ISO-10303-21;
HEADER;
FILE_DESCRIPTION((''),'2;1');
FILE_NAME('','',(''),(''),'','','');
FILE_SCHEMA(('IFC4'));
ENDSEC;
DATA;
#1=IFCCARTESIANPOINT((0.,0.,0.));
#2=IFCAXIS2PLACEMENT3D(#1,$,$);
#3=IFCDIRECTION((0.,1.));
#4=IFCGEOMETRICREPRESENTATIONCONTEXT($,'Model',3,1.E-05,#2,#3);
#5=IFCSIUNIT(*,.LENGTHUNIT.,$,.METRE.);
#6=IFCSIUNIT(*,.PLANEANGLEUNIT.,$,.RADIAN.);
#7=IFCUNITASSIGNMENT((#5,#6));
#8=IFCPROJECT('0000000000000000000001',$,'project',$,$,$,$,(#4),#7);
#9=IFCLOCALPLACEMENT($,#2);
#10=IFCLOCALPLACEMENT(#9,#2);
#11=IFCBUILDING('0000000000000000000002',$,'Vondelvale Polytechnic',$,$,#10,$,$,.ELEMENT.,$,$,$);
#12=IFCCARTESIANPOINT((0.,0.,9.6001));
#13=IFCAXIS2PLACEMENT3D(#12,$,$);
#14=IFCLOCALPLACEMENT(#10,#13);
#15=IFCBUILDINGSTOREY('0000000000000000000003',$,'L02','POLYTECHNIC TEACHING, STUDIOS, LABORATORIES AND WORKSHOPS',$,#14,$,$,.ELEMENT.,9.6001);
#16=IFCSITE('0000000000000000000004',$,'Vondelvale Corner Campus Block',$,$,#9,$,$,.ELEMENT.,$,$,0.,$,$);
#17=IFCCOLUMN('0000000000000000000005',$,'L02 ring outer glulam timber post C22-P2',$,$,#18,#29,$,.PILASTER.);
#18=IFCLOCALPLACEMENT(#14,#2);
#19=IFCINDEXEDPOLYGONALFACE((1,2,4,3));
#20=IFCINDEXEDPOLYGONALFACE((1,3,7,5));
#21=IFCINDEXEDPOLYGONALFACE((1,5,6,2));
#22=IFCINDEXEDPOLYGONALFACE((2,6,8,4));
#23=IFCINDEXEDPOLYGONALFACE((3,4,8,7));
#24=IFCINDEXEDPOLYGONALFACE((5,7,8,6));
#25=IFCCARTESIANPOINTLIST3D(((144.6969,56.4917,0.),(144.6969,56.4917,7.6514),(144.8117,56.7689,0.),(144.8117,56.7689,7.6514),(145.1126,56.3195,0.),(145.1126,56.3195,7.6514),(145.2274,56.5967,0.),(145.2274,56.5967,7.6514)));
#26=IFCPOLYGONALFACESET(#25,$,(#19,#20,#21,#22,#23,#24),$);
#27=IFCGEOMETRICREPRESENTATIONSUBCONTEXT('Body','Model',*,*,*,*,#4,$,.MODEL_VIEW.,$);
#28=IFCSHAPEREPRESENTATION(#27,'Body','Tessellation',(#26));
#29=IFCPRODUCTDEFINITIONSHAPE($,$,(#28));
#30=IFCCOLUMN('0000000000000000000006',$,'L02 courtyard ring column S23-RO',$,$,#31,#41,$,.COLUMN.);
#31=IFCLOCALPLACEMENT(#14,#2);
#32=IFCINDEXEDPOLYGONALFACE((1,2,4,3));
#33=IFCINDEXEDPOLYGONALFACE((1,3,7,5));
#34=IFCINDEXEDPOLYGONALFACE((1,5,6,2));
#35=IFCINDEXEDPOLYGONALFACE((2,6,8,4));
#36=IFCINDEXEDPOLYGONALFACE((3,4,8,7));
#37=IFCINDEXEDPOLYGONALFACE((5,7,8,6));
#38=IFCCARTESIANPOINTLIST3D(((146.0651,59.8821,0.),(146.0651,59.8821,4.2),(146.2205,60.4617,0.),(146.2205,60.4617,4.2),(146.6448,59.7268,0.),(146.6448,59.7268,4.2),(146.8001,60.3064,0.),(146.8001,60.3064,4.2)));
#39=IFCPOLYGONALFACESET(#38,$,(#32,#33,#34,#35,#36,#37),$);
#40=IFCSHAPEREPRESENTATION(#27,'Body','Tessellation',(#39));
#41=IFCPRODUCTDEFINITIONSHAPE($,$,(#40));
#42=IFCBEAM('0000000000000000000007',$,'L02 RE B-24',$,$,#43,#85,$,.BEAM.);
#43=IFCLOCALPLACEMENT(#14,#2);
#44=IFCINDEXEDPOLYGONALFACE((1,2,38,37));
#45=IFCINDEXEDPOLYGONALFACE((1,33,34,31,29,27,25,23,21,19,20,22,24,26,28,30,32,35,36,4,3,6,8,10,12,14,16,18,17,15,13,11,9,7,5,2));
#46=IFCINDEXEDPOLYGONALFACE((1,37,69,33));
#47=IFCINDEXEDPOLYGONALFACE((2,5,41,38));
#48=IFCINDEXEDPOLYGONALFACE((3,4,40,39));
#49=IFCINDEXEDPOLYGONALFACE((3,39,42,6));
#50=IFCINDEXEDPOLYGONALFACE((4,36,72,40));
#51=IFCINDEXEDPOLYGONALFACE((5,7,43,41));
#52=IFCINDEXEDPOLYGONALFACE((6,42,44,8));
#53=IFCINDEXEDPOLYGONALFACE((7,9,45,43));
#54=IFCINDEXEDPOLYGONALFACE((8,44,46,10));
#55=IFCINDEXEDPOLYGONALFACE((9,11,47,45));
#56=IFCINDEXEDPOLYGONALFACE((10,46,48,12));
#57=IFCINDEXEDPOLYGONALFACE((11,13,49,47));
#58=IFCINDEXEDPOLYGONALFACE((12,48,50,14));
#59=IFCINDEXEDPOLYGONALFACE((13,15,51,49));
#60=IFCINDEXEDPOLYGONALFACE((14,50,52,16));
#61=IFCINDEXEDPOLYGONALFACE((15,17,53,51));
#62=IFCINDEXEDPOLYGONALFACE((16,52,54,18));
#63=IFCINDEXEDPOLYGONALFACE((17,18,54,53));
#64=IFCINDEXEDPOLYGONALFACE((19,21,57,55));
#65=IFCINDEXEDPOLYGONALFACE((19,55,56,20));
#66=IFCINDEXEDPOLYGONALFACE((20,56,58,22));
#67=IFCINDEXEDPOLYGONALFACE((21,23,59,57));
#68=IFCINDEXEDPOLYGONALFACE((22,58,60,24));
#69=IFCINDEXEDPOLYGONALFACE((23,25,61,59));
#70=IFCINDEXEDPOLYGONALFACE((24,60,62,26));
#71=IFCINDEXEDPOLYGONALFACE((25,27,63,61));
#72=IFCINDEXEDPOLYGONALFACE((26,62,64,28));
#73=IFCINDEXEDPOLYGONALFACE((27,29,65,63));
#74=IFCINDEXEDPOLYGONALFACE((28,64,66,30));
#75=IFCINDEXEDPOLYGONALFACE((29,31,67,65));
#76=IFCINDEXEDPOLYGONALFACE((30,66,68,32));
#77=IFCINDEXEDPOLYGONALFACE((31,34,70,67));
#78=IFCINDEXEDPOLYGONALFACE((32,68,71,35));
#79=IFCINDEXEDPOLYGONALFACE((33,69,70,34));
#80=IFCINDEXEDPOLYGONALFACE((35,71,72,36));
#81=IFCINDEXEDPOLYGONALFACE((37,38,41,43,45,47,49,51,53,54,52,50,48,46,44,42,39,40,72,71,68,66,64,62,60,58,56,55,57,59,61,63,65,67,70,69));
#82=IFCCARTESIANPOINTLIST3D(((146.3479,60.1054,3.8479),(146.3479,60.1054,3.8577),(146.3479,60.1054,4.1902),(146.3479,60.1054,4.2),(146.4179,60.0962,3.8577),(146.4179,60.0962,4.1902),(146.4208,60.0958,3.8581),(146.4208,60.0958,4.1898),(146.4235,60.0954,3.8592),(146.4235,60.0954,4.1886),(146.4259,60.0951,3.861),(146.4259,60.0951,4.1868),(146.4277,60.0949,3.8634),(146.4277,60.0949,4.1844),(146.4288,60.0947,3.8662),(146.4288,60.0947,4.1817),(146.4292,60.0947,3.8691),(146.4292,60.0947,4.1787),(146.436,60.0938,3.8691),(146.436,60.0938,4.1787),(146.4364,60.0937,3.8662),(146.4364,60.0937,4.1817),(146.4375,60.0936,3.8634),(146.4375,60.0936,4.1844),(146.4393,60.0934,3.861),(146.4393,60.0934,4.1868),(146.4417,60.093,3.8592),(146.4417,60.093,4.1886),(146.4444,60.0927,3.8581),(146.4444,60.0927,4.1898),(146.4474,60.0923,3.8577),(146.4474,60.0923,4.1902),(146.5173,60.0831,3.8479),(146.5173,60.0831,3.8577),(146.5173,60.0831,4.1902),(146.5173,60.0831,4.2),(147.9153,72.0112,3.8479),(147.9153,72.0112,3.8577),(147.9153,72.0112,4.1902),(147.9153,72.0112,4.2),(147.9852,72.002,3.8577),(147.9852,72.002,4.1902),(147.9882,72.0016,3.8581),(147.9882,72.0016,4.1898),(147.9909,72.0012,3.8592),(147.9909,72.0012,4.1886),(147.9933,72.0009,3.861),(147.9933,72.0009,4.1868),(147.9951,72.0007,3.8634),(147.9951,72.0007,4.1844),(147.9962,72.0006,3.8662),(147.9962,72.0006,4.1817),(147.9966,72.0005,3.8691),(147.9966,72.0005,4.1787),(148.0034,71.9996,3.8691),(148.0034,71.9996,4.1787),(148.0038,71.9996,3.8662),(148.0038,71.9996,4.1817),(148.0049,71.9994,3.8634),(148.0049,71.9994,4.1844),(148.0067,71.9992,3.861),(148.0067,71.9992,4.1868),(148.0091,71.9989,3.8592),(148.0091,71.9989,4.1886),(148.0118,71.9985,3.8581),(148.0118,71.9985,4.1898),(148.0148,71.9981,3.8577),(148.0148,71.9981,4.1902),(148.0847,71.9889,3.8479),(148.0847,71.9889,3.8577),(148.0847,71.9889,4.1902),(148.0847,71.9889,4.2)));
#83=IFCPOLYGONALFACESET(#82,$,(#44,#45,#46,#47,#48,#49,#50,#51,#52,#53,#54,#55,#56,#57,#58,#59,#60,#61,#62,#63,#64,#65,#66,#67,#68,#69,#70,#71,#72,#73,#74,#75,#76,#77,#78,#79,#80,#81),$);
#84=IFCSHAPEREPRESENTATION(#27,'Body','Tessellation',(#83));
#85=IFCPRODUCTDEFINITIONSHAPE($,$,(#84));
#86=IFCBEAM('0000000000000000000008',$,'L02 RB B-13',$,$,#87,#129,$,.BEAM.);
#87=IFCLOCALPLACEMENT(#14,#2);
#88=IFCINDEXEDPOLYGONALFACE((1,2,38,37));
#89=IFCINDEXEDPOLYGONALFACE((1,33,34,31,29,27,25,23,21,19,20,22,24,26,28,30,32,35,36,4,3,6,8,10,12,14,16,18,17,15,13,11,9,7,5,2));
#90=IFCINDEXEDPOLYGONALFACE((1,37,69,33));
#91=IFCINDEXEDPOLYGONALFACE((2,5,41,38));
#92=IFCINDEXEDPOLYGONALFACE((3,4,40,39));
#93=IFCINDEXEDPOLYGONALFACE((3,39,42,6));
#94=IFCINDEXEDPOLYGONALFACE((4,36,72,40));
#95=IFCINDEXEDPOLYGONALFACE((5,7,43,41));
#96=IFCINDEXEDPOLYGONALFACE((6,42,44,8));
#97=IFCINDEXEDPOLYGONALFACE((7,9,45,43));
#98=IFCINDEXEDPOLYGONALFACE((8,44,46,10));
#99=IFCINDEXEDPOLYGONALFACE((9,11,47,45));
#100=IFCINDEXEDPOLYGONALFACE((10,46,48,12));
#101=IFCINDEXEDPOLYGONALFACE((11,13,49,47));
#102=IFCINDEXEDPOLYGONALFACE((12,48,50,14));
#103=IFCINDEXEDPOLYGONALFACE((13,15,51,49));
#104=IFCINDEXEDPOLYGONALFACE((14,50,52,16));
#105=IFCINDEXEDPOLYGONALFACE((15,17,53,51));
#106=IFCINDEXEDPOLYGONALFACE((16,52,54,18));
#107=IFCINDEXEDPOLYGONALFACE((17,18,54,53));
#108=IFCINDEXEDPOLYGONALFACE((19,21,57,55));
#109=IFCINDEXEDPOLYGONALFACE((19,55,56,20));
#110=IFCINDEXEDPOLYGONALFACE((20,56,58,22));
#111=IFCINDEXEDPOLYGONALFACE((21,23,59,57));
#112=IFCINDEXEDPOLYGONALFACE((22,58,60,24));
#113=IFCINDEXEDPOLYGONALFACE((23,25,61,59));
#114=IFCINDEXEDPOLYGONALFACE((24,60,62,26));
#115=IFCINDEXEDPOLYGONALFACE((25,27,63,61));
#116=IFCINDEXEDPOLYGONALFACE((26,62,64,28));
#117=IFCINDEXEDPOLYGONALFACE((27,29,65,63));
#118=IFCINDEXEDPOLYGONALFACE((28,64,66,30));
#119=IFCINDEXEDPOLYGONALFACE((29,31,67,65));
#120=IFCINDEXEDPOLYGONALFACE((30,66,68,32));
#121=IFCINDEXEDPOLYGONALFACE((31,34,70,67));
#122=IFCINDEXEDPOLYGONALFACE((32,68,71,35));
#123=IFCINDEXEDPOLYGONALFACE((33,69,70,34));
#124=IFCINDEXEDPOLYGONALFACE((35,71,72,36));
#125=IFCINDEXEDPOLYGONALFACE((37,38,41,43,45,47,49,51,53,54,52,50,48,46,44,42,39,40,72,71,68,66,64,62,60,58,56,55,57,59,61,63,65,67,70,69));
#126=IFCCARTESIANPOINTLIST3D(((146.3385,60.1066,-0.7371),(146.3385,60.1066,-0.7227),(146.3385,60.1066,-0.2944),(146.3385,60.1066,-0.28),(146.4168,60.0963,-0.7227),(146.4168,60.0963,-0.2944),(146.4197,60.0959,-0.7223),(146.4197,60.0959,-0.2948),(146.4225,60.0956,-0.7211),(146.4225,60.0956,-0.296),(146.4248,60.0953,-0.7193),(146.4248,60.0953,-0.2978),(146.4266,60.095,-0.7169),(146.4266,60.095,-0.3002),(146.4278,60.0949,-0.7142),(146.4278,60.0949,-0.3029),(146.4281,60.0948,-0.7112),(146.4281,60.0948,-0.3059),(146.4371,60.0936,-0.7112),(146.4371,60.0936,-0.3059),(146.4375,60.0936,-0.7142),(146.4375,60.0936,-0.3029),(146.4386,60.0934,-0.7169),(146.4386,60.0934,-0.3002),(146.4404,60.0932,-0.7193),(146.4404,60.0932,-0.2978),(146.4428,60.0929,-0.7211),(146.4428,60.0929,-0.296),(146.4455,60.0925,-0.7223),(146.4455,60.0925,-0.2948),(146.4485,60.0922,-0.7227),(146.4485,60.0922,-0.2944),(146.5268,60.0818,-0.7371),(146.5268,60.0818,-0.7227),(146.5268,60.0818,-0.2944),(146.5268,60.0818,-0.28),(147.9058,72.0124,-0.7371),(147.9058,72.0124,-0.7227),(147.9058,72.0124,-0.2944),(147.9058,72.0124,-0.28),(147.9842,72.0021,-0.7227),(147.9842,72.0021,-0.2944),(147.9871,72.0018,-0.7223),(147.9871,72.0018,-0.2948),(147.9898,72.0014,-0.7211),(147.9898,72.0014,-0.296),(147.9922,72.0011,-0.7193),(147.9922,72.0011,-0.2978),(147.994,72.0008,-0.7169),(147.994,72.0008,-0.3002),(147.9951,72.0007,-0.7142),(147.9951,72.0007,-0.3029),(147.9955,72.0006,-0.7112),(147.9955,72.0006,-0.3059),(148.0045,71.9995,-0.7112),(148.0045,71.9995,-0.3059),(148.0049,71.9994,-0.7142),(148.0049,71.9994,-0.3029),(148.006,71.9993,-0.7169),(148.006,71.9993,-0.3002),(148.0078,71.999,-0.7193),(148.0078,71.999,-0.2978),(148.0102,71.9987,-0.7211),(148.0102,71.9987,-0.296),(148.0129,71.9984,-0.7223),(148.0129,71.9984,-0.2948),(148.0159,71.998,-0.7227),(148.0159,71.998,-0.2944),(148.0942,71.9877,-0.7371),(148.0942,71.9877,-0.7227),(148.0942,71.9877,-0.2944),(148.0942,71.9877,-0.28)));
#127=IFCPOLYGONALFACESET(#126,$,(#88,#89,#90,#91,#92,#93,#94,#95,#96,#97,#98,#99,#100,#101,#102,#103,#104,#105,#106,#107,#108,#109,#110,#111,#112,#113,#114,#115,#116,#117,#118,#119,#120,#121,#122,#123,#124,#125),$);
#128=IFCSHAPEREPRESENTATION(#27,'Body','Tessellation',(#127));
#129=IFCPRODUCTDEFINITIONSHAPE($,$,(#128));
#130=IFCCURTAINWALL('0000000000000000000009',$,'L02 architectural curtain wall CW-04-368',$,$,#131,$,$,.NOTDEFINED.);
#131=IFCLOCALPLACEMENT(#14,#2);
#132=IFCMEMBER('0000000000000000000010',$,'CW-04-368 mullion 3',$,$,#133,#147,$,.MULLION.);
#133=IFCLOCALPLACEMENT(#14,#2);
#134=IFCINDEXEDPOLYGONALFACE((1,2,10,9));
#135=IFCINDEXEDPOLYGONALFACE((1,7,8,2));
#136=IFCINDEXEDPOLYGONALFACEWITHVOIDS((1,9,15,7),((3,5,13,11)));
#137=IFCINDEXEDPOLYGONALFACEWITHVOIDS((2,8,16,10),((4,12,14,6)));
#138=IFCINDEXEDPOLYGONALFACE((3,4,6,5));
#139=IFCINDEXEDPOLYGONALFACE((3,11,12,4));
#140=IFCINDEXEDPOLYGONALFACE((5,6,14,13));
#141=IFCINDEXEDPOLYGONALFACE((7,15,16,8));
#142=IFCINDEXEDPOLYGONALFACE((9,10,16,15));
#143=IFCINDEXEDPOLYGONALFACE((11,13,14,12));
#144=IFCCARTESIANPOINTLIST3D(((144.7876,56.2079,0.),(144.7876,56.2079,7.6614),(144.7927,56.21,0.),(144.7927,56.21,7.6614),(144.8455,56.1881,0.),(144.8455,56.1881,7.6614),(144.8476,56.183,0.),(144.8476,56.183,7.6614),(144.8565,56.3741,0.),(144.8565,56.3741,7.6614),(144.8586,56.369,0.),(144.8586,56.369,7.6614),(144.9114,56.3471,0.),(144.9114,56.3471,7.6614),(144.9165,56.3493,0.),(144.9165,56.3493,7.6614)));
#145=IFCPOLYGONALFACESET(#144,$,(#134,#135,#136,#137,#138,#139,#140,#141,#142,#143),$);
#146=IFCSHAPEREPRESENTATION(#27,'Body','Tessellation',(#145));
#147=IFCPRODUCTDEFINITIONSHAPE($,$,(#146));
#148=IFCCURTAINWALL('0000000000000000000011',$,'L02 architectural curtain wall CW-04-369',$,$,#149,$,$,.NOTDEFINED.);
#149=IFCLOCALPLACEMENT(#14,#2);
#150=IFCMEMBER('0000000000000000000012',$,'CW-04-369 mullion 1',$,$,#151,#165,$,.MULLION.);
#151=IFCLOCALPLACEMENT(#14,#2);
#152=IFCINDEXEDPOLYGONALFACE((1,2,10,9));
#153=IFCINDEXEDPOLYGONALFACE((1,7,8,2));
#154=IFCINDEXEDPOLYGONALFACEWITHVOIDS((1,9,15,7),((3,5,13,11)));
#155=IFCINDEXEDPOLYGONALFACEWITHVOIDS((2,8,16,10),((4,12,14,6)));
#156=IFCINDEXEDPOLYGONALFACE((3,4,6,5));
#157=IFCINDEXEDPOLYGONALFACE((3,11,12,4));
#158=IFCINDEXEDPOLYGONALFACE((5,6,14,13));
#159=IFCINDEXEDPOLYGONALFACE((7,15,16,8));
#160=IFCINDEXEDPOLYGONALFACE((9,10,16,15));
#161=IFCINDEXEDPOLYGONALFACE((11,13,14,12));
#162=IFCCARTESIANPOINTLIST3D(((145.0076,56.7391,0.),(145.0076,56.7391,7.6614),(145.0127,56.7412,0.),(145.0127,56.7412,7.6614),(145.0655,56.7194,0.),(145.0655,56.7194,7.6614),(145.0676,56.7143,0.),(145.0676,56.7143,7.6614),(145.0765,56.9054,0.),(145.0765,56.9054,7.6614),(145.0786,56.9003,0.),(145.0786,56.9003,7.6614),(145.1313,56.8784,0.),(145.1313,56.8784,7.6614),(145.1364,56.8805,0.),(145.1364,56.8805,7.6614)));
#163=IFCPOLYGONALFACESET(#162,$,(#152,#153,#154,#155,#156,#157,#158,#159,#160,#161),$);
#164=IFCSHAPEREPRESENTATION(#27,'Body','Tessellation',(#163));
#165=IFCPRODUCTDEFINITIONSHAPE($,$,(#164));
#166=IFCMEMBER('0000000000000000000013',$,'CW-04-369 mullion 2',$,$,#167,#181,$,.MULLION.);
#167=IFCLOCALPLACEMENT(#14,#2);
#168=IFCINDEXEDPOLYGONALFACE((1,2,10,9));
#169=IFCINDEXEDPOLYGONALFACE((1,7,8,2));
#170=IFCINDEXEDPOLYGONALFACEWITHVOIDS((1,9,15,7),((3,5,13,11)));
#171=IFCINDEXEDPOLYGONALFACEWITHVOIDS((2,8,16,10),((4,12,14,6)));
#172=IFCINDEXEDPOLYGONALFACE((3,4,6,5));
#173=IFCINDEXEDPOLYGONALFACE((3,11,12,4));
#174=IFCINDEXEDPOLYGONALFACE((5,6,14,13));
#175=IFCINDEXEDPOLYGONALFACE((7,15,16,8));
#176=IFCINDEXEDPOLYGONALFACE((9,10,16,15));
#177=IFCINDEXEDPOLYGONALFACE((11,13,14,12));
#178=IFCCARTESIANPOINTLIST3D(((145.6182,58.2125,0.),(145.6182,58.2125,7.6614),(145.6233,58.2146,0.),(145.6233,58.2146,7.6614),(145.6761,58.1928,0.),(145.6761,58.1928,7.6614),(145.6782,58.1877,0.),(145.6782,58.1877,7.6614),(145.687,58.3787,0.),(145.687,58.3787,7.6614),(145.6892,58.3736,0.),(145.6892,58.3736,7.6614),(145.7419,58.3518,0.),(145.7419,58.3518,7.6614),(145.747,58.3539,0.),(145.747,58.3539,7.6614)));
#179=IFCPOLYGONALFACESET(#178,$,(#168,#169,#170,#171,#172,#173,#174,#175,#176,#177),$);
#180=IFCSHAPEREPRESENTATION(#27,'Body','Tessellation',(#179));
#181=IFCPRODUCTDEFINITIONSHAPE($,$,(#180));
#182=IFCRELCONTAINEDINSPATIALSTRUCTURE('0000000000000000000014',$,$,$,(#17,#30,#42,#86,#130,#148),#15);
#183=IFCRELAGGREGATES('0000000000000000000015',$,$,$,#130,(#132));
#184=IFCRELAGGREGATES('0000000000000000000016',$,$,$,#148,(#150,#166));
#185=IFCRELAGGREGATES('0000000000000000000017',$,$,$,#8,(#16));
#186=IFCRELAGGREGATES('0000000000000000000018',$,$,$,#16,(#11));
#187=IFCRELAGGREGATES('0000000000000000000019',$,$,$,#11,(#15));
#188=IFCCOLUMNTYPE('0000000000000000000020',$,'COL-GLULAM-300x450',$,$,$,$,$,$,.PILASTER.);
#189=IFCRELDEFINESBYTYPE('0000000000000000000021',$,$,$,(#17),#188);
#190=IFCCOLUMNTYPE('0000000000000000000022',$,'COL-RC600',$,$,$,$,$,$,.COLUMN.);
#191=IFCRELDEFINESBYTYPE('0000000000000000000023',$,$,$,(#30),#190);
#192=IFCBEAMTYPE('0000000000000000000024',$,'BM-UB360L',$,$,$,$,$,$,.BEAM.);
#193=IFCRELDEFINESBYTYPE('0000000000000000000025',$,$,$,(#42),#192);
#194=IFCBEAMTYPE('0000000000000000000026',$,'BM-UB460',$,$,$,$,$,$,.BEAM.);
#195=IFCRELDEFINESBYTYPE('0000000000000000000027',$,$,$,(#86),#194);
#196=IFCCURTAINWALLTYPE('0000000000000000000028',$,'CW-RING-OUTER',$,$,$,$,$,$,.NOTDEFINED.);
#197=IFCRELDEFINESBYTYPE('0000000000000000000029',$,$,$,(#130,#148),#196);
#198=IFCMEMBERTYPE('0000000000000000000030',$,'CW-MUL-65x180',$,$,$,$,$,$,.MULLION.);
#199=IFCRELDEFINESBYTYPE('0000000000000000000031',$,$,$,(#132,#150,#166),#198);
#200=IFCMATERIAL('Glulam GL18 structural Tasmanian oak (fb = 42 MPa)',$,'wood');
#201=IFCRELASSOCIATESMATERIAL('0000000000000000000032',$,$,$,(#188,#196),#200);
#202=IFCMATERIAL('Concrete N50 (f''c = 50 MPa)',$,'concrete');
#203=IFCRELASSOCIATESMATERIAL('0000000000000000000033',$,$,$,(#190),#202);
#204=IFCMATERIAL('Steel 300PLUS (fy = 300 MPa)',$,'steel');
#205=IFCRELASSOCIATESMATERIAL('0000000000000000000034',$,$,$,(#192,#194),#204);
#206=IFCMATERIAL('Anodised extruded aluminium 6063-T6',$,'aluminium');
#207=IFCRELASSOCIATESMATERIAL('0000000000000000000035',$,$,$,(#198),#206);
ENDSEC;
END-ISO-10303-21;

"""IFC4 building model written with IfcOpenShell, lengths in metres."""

from ifc_helpers import new_model, si_unit, direction, frame, origin, origin_2d, place, context, subcontext, project, spatial, rectangle, hollow_rectangle, i_section, extrude, material, material_profile, profile_set, type_object, element, aggregate, save


model = new_model("IFC4")

# Units and contexts
model_context = context("Model", 3, precision=1e-05, world=origin(), true_north=direction((0.0, 1.0)))
body_context = subcontext(model_context, "Body", "Model", "MODEL_VIEW")
ifc_project = project(units=[si_unit("LENGTHUNIT", "METRE"), si_unit("PLANEANGLEUNIT", "RADIAN")], contexts=[model_context])

# Site, building, storey
site_placement = place(None, origin())
site = spatial("IfcSite", under=ifc_project, at=site_placement, Name="Vondelvale Corner Campus Block", CompositionType="ELEMENT", RefElevation=0.0)
building_placement = place(site_placement, origin())
building = spatial("IfcBuilding", under=site, at=building_placement, Name="Vondelvale Polytechnic", CompositionType="ELEMENT")
storey_placement = place(building_placement, frame((0.0, 0.0, 9.6001)))
storey = spatial("IfcBuildingStorey", under=building, at=storey_placement, Name="L02", Description="POLYTECHNIC TEACHING, STUDIOS, LABORATORIES AND WORKSHOPS", CompositionType="ELEMENT", Elevation=9.6001)

# Columns
ifc_material_1 = material(Name="Glulam GL18 structural Tasmanian oak (fb = 42 MPa)", Category="wood")
ifc_material_profile_1 = material_profile(ifc_material_1, rectangle(XDim=0.3, YDim=0.45, at=origin_2d()), Name="GL-POST-300x450")
ifc_profile_set_1 = profile_set([ifc_material_profile_1], Name="Glulam GL18 structural Tasmanian oak (fb = 42 MPa)")
column_type_1 = type_object("IfcColumnType", Name="COL-GLULAM-300x450", PredefinedType="PILASTER", material=ifc_profile_set_1)
column_1_placement = place(storey_placement, frame((144.9622, 56.5442, 0.0), z_axis=(0.0, 0.0, 1.0), x_axis=(0.382683, 0.92388, 0.0)))
element("IfcColumn", 1, at=column_1_placement, inside=storey, type_object=column_type_1, Name="L02 ring outer glulam timber post C22-P2", PredefinedType="PILASTER", context=body_context, shape_type="SweptSolid", body=[
    extrude(rectangle(XDim=0.3, YDim=0.45, at=origin_2d()), origin(), (0.0, 0.0, 1.0), 7.6514),
])
ifc_material_2 = material(Name="Concrete N50 (f'c = 50 MPa)", Category="concrete")
ifc_material_profile_2 = material_profile(ifc_material_2, rectangle(XDim=0.6001, YDim=0.6001, at=origin_2d()), Name="RC-COL-600x600")
ifc_profile_set_2 = profile_set([ifc_material_profile_2], Name="Concrete N50 (f'c = 50 MPa)")
column_type_2 = type_object("IfcColumnType", Name="COL-RC600", PredefinedType="COLUMN", material=ifc_profile_set_2)
column_2_placement = place(storey_placement, frame((146.4326, 60.0942, 0.0), z_axis=(0.0, 0.0, 1.0), x_axis=(-0.965926, 0.258819, 0.0)))
element("IfcColumn", 2, at=column_2_placement, inside=storey, type_object=column_type_2, Name="L02 courtyard ring column S23-RO", PredefinedType="COLUMN", context=body_context, shape_type="SweptSolid", body=[
    extrude(rectangle(XDim=0.6001, YDim=0.6001, at=origin_2d()), origin(), (0.0, 0.0, 1.0), 4.2),
])

# Beams
ifc_material_3 = material(Name="Steel 300PLUS (fy = 300 MPa)", Category="steel")
ifc_material_profile_3 = material_profile(ifc_material_3, i_section(OverallWidth=0.1709, OverallDepth=0.3521, WebThickness=0.0068, FlangeThickness=0.0098, FilletRadius=0.0115, at=origin_2d()), Name="360UB44.7")
ifc_profile_set_3 = profile_set([ifc_material_profile_3], Name="Steel 300PLUS (fy = 300 MPa)")
beam_type_1 = type_object("IfcBeamType", Name="BM-UB360L", PredefinedType="BEAM", material=ifc_profile_set_3)
beam_1_placement = place(storey_placement, frame((146.4326, 60.0942, 4.0239), z_axis=(0.130523, 0.991445, 0.0), x_axis=(-0.991445, 0.130523, 0.0)))
element("IfcBeam", 3, at=beam_1_placement, inside=storey, type_object=beam_type_1, Name="L02 RE B-24", PredefinedType="BEAM", context=body_context, shape_type="SweptSolid", body=[
    extrude(i_section(OverallWidth=0.1709, OverallDepth=0.3521, WebThickness=0.0068, FlangeThickness=0.0098, FilletRadius=0.0115, at=origin_2d()), origin(), (0.0, 0.0, 1.0), 12.0085),
])
ifc_material_profile_4 = material_profile(ifc_material_3, i_section(OverallWidth=0.1899, OverallDepth=0.457, WebThickness=0.009, FlangeThickness=0.0144, FilletRadius=0.0115, at=origin_2d()), Name="460UB74.6")
ifc_profile_set_4 = profile_set([ifc_material_profile_4], Name="Steel 300PLUS (fy = 300 MPa)")
beam_type_2 = type_object("IfcBeamType", Name="BM-UB460", PredefinedType="BEAM", material=ifc_profile_set_4)
beam_2_placement = place(storey_placement, frame((146.4326, 60.0942, -0.5085), z_axis=(0.130523, 0.991445, 0.0), x_axis=(-0.991445, 0.130523, 0.0)))
element("IfcBeam", 4, at=beam_2_placement, inside=storey, type_object=beam_type_2, Name="L02 RB B-13", PredefinedType="BEAM", context=body_context, shape_type="SweptSolid", body=[
    extrude(i_section(OverallWidth=0.1899, OverallDepth=0.457, WebThickness=0.009, FlangeThickness=0.0144, FilletRadius=0.0115, at=origin_2d()), origin(), (0.0, 0.0, 1.0), 12.0085),
])

# Curtain wall, member
curtain_wall_type = type_object("IfcCurtainWallType", Name="CW-RING-OUTER", PredefinedType="NOTDEFINED", material=ifc_material_1)
curtain_wall_1_placement = place(storey_placement, origin())
curtain_wall_1 = element("IfcCurtainWall", 5, at=curtain_wall_1_placement, inside=storey, type_object=curtain_wall_type, Name="L02 architectural curtain wall CW-04-368", PredefinedType="NOTDEFINED")
ifc_material_4 = material(Name="Anodised extruded aluminium 6063-T6", Category="aluminium")
ifc_material_profile_5 = material_profile(ifc_material_4, hollow_rectangle(XDim=0.0649, YDim=0.1799, WallThickness=0.0039, at=origin_2d()), Name="CW-MUL-180x65")
ifc_profile_set_5 = profile_set([ifc_material_profile_5], Name="Anodised extruded aluminium 6063-T6")
member_type_1 = type_object("IfcMemberType", Name="CW-MUL-65x180", PredefinedType="MULLION", material=ifc_profile_set_5)
member_1_placement = place(storey_placement, frame((144.8521, 56.2786, 0.0), z_axis=(0.0, 0.0, 1.0), x_axis=(-0.923875, 0.382695, 0.0)))
member_1 = element("IfcMember", 6, at=member_1_placement, type_object=member_type_1, Name="CW-04-368 mullion 3", PredefinedType="MULLION", context=body_context, shape_type="SweptSolid", body=[
    extrude(hollow_rectangle(XDim=0.0649, YDim=0.1799, WallThickness=0.0039, at=origin_2d()), origin(), (0.0, 0.0, 1.0), 7.6614),
])

# Curtain wall, members
curtain_wall_2_placement = place(storey_placement, origin())
curtain_wall_2 = element("IfcCurtainWall", 7, at=curtain_wall_2_placement, inside=storey, type_object=curtain_wall_type, Name="L02 architectural curtain wall CW-04-369", PredefinedType="NOTDEFINED")
member_2_placement = place(storey_placement, frame((145.072, 56.8098, 0.0), z_axis=(0.0, 0.0, 1.0), x_axis=(-0.923882, 0.382677, 0.0)))
member_2 = element("IfcMember", 8, at=member_2_placement, type_object=member_type_1, Name="CW-04-369 mullion 1", PredefinedType="MULLION", context=body_context, shape_type="SweptSolid", body=[
    extrude(hollow_rectangle(XDim=0.0649, YDim=0.1799, WallThickness=0.0039, at=origin_2d()), origin(), (0.0, 0.0, 1.0), 7.6614),
])
member_3_placement = place(storey_placement, frame((145.6826, 58.2832, 0.0), z_axis=(0.0, 0.0, 1.0), x_axis=(-0.923882, 0.382677, 0.0)))
member_3 = element("IfcMember", 9, at=member_3_placement, type_object=member_type_1, Name="CW-04-369 mullion 2", PredefinedType="MULLION", context=body_context, shape_type="SweptSolid", body=[
    extrude(hollow_rectangle(XDim=0.0649, YDim=0.1799, WallThickness=0.0039, at=origin_2d()), origin(), (0.0, 0.0, 1.0), 7.6614),
])

aggregate(curtain_wall_1, [member_1])
aggregate(curtain_wall_2, [member_2, member_3])

save(model, "model.ifc")
